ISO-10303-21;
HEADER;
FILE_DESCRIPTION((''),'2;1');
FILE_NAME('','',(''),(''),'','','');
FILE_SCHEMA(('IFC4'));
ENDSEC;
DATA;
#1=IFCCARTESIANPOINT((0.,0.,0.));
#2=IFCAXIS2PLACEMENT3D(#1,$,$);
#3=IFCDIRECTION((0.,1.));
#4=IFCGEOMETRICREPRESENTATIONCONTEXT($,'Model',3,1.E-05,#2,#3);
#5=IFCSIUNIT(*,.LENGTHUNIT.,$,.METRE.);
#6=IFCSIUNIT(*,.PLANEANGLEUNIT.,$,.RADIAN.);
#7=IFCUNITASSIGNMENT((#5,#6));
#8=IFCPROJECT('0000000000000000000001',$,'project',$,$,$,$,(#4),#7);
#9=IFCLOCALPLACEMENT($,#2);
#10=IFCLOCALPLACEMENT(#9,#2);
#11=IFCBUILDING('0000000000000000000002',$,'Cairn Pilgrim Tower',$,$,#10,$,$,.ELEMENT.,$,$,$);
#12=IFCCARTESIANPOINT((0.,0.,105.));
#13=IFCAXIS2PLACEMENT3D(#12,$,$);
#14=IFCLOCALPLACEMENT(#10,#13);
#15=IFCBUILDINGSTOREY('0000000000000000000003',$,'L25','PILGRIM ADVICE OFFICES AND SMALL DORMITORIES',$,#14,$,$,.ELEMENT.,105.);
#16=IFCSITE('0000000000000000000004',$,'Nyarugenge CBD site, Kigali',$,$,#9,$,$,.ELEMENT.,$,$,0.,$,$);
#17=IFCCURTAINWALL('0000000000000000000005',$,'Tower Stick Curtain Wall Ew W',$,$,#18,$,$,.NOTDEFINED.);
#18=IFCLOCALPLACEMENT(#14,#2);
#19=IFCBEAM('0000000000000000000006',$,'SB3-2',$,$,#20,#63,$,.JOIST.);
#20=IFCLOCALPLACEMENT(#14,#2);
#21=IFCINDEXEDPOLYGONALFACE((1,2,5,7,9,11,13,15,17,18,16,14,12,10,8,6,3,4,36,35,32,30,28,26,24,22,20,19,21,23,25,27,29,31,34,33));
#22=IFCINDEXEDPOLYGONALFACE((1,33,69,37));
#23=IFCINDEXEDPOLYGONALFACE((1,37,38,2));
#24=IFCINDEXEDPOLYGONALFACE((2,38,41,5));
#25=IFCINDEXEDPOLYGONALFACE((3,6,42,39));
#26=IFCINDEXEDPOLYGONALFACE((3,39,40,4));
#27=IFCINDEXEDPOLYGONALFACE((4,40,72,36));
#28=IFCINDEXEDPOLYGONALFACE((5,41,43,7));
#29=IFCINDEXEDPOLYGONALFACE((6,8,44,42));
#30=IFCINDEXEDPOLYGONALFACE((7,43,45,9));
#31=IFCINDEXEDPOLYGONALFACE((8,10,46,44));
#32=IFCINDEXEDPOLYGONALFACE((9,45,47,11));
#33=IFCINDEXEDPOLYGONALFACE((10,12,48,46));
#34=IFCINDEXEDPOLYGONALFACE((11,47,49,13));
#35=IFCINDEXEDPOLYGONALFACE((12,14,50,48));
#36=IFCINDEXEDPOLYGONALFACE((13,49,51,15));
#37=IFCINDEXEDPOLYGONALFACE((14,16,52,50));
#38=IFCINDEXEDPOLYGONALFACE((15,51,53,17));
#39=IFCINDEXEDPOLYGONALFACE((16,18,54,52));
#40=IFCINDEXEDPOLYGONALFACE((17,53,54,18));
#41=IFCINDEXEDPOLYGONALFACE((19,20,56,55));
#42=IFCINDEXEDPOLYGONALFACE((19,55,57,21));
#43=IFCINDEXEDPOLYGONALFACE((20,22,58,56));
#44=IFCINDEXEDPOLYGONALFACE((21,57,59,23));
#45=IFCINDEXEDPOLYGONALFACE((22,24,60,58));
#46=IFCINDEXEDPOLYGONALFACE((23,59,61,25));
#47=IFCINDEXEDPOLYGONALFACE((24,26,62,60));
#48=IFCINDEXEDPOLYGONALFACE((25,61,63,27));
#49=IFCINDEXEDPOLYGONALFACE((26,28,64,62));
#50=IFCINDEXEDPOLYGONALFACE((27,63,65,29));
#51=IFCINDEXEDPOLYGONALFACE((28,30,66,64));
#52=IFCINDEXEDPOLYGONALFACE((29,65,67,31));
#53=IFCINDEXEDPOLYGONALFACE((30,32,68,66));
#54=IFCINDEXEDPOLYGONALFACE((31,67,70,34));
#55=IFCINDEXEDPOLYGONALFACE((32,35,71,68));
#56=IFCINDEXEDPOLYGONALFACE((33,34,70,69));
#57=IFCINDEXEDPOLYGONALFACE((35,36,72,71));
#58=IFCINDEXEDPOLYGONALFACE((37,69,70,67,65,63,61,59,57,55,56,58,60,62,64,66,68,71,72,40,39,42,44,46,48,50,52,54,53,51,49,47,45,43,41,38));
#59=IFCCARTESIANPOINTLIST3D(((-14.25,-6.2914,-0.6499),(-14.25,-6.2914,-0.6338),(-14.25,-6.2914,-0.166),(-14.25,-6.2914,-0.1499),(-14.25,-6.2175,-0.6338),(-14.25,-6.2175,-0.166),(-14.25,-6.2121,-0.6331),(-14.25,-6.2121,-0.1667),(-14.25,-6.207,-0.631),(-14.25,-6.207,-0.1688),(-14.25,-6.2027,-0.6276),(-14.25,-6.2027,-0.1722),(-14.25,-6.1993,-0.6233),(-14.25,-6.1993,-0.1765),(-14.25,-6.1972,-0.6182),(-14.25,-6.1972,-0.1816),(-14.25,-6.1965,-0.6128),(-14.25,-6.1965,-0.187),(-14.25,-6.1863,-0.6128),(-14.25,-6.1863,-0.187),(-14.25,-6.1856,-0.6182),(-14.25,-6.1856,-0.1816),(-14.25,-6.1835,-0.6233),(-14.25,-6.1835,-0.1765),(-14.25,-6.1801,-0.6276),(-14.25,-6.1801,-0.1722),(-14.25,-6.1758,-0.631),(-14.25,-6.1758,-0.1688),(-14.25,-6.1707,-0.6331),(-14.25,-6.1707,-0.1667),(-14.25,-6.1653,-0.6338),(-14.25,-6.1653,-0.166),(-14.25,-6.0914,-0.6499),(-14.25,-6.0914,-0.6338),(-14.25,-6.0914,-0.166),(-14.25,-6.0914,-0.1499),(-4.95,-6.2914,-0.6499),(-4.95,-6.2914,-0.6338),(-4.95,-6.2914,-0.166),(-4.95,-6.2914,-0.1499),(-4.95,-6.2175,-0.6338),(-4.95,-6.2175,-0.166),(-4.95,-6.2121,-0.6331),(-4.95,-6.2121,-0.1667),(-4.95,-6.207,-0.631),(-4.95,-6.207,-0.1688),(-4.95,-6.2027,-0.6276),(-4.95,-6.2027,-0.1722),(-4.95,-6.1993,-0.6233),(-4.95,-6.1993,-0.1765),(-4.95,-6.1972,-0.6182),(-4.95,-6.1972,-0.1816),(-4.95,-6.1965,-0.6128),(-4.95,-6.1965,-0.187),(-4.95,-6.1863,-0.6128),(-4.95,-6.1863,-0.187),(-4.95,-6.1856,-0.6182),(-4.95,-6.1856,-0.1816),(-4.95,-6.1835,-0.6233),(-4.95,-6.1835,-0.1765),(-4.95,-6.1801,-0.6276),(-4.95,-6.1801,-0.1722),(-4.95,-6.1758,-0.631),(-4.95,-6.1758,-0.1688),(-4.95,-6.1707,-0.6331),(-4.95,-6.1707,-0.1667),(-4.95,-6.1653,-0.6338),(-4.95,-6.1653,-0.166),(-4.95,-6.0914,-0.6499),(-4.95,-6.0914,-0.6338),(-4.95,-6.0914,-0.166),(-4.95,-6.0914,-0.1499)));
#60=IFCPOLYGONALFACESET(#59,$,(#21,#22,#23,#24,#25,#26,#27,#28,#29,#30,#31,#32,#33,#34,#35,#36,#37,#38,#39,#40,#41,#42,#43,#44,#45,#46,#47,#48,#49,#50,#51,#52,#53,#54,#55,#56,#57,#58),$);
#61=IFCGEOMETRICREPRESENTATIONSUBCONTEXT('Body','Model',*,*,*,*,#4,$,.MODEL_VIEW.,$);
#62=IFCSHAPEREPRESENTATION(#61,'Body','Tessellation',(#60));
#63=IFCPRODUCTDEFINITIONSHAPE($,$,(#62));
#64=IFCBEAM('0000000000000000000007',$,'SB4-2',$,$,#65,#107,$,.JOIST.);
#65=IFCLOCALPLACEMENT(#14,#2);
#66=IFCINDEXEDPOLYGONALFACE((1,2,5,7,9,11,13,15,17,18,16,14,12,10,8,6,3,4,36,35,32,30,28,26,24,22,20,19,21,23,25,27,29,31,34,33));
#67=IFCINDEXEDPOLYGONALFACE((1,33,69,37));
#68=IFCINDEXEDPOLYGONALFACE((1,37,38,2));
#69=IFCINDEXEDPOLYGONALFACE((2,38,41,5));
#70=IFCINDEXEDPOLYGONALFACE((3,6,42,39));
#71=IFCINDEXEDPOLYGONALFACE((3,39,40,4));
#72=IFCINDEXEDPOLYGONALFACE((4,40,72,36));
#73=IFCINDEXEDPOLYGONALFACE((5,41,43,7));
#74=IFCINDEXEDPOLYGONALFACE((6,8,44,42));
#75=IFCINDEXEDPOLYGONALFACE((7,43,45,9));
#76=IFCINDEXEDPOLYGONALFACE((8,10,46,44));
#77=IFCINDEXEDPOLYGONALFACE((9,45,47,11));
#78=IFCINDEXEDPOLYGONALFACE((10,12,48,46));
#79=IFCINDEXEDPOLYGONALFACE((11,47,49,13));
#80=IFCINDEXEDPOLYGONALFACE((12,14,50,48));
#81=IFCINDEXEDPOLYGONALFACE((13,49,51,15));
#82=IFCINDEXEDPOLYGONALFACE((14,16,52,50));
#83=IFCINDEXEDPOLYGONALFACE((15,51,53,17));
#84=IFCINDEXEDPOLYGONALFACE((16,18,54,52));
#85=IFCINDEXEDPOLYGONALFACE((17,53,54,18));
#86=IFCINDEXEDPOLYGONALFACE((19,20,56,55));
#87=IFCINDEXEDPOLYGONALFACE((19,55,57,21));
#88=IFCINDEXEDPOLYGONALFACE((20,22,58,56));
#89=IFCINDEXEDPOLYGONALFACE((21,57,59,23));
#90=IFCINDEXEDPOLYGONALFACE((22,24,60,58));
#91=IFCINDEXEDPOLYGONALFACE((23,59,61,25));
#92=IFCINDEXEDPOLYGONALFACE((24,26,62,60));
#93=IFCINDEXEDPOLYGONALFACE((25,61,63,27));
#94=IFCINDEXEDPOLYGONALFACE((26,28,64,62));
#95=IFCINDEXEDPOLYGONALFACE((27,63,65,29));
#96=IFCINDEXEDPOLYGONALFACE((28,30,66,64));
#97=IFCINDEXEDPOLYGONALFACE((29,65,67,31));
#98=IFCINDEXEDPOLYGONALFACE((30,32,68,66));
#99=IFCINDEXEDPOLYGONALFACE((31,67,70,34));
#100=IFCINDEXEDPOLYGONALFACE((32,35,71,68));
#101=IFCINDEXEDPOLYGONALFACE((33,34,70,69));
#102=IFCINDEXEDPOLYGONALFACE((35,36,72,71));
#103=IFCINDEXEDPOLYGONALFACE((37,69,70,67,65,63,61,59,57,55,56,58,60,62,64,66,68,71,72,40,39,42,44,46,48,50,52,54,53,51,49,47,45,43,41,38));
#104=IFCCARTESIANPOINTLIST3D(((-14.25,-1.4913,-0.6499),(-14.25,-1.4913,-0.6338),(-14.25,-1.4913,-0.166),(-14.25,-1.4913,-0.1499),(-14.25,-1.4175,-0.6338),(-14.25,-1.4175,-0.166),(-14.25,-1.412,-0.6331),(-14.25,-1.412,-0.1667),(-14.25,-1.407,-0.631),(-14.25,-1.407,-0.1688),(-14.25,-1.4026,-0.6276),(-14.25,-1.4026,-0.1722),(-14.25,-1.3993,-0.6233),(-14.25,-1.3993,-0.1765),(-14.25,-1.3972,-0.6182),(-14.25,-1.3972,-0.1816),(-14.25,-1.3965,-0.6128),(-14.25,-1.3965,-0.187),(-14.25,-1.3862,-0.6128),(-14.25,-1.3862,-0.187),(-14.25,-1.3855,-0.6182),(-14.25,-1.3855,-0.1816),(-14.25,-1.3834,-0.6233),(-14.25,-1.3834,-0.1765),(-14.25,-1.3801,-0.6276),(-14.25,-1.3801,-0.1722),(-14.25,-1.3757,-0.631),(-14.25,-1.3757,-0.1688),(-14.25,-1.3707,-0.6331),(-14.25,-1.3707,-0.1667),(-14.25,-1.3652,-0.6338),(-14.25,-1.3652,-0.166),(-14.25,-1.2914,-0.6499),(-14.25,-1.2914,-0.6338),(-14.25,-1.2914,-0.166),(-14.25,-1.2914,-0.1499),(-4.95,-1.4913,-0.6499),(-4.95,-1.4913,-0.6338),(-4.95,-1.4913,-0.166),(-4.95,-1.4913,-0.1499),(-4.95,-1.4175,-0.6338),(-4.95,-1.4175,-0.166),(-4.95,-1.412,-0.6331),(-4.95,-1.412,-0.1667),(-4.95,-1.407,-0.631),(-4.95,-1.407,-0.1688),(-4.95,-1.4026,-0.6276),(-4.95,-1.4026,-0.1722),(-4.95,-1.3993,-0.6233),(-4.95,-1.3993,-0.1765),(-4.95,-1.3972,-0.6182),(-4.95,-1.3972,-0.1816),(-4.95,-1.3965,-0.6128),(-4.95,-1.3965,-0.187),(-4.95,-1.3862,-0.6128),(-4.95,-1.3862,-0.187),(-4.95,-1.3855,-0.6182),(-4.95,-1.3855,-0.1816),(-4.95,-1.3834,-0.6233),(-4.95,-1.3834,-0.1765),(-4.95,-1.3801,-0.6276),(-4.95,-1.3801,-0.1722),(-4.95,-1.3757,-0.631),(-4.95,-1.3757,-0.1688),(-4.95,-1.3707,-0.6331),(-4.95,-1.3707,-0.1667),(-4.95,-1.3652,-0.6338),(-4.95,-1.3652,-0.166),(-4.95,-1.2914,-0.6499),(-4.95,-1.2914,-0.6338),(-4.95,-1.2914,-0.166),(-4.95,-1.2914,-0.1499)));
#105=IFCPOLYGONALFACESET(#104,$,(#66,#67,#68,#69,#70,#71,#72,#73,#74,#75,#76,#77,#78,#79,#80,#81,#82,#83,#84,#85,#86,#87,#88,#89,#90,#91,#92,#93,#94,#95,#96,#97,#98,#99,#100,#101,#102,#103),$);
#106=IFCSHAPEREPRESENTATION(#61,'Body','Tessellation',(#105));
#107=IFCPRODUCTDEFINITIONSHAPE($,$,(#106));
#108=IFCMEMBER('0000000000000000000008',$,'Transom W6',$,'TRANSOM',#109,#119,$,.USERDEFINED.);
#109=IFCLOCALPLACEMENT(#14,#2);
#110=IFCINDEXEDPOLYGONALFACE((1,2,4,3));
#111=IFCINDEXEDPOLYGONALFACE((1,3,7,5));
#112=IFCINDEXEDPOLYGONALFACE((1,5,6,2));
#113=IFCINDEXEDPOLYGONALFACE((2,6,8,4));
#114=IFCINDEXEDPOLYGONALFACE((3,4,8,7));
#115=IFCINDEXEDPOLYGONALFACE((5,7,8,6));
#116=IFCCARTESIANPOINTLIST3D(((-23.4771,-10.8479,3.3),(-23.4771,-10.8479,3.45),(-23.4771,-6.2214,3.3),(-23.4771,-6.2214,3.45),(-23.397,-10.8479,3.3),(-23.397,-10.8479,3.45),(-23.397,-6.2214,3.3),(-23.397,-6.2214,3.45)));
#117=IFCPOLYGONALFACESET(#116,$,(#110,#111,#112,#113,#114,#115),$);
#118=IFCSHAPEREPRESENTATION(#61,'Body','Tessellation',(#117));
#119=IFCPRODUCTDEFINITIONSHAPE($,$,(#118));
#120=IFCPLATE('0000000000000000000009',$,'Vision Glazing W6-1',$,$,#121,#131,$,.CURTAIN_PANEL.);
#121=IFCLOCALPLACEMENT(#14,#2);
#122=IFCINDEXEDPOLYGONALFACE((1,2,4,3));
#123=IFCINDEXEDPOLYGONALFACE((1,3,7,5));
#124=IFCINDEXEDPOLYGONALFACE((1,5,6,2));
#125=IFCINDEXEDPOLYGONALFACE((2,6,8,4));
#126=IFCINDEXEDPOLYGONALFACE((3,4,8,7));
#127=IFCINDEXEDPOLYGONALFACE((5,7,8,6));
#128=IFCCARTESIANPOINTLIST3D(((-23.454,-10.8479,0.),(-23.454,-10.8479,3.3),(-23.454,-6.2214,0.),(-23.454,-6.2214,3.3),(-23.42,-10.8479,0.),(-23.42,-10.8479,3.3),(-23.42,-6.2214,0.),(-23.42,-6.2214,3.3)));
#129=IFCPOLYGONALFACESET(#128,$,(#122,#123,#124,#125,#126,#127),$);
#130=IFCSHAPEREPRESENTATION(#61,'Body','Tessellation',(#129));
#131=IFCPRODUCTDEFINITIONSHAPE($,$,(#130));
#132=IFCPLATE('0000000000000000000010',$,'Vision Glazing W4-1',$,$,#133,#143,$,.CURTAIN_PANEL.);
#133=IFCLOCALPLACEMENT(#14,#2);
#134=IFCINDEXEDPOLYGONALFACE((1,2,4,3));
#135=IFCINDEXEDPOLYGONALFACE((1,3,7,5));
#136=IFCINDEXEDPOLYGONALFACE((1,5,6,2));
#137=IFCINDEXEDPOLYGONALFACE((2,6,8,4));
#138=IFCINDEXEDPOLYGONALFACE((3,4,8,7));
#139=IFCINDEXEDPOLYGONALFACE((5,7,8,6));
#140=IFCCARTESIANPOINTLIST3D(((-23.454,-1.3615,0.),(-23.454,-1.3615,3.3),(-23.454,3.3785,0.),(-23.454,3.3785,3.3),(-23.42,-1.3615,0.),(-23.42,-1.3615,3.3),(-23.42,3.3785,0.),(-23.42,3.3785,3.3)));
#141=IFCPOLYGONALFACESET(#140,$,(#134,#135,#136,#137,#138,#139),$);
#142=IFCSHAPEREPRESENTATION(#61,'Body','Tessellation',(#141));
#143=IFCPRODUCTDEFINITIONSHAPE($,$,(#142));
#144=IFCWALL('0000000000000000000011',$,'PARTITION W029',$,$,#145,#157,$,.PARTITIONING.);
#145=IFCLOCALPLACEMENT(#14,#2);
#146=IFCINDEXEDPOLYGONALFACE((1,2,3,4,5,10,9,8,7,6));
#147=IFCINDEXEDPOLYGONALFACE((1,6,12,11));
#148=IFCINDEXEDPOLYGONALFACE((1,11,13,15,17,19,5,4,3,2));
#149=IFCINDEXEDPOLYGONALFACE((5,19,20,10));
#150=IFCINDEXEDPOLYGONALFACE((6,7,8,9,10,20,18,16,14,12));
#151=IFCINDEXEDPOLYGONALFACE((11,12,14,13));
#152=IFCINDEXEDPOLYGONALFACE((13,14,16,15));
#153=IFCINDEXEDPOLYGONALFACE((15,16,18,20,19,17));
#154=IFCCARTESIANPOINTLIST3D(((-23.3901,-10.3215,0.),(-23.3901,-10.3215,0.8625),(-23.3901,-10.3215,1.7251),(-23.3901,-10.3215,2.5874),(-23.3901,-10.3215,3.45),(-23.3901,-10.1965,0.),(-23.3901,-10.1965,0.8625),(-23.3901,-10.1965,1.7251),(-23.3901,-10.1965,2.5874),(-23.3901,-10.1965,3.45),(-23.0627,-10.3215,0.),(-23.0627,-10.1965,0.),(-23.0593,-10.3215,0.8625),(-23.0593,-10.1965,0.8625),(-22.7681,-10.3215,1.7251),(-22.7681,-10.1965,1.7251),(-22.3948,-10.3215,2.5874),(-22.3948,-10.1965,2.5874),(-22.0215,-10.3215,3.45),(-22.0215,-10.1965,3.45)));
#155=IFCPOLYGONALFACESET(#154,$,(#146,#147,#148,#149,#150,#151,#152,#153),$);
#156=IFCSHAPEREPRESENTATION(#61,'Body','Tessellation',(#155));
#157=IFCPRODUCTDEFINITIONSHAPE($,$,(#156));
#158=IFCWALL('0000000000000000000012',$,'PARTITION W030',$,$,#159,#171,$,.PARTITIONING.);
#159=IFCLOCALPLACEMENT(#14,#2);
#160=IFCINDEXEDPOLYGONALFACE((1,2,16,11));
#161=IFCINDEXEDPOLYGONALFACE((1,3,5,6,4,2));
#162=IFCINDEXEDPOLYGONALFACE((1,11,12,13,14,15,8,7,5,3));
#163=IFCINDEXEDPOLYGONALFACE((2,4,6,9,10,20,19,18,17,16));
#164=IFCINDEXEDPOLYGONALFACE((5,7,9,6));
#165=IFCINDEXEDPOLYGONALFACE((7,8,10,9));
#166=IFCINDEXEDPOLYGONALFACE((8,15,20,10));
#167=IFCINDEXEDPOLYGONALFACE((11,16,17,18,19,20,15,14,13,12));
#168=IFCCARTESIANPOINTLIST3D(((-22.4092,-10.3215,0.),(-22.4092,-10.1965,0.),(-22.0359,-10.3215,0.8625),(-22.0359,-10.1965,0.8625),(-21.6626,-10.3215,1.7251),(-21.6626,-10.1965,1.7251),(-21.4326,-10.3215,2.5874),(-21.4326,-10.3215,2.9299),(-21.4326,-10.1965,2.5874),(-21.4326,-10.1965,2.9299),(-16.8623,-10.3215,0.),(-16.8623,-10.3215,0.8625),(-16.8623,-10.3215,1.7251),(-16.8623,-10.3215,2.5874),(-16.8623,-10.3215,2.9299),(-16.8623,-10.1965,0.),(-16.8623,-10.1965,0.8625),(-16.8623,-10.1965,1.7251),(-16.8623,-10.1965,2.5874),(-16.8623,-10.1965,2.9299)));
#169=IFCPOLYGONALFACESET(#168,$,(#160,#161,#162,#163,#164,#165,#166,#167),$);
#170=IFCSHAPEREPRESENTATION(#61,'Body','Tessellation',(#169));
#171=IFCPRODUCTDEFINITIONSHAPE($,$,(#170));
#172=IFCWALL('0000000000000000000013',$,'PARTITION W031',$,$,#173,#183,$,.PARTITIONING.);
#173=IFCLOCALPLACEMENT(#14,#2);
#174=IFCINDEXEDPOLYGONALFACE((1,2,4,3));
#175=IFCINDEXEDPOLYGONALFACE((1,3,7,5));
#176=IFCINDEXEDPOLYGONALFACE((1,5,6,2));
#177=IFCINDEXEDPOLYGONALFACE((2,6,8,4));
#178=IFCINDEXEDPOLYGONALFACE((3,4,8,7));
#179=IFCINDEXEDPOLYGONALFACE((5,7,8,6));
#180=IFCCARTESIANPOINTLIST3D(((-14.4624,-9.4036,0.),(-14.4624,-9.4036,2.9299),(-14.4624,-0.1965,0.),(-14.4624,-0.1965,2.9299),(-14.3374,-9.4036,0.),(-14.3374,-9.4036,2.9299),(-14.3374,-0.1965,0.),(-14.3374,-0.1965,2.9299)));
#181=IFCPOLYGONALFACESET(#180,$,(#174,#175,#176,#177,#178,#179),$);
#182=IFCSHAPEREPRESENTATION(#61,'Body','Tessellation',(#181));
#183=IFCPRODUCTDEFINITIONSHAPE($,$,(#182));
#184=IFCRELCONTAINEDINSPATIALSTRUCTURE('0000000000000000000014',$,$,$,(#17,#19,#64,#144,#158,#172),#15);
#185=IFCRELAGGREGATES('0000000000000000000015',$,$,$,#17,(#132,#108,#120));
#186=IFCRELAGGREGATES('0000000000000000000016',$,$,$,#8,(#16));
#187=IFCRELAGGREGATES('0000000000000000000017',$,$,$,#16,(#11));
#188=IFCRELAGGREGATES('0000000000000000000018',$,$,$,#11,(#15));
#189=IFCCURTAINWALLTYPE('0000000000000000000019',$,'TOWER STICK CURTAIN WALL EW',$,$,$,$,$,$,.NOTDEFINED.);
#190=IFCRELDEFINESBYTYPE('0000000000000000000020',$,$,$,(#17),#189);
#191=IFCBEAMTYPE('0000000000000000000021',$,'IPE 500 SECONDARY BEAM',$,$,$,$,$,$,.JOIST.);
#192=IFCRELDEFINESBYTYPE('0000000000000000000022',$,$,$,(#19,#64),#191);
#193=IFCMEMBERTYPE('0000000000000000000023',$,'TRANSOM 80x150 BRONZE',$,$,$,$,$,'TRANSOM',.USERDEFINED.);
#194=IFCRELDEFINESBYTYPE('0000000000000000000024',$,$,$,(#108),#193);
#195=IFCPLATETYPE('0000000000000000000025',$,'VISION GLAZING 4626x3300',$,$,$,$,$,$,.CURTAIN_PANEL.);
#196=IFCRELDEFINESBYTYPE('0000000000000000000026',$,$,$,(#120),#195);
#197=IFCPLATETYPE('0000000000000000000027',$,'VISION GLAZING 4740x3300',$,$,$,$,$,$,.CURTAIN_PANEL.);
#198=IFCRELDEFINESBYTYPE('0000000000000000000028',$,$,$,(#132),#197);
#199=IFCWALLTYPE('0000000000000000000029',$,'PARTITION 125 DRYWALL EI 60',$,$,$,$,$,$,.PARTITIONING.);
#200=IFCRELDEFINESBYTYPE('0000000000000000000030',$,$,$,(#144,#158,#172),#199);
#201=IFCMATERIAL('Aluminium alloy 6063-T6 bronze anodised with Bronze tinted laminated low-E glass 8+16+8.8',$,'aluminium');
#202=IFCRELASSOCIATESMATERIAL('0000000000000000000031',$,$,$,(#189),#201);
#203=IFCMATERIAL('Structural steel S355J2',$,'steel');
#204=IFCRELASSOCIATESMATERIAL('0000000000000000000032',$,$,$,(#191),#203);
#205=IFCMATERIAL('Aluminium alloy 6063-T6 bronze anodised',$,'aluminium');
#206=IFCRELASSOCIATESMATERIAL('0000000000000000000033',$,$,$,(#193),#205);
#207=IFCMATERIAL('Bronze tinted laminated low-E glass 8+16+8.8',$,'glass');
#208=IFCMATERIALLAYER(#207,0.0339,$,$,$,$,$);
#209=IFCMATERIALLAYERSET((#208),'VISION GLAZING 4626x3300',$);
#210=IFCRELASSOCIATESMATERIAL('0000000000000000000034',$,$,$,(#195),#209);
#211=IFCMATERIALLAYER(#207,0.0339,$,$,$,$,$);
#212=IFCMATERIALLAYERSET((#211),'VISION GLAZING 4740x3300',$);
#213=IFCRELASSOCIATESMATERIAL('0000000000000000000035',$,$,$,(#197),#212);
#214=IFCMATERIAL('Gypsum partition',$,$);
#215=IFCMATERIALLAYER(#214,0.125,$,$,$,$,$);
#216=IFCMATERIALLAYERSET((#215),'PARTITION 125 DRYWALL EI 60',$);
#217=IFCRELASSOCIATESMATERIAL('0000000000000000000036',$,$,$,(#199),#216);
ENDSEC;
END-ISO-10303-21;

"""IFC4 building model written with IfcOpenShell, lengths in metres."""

from ifc_helpers import new_model, si_unit, direction, frame, frame_2d, origin, origin_2d, place, context, subcontext, project, spatial, polyline, rectangle, i_section, outline, extrude, material, layer, layer_set, material_profile, profile_set, type_object, element, aggregate, save


model = new_model("IFC4")

# Units and contexts
model_context = context("Model", 3, precision=1e-05, world=origin(), true_north=direction((0.0, 1.0)))
body_context = subcontext(model_context, "Body", "Model", "MODEL_VIEW")
ifc_project = project(units=[si_unit("LENGTHUNIT", "METRE"), si_unit("PLANEANGLEUNIT", "RADIAN")], contexts=[model_context])

# Site, building, storey
site_placement = place(None, origin())
site = spatial("IfcSite", under=ifc_project, at=site_placement, Name="Nyarugenge CBD site, Kigali", CompositionType="ELEMENT", RefElevation=0.0)
building_placement = place(site_placement, origin())
building = spatial("IfcBuilding", under=site, at=building_placement, Name="Cairn Pilgrim Tower", CompositionType="ELEMENT")
storey_placement = place(building_placement, frame((0.0, 0.0, 105.0)))
storey = spatial("IfcBuildingStorey", under=building, at=storey_placement, Name="L25", Description="PILGRIM ADVICE OFFICES AND SMALL DORMITORIES", CompositionType="ELEMENT", Elevation=105.0)

# Shared definitions
ifc_material_1 = material(Name="Structural steel S355J2", Category="steel")

# Curtain wall
ifc_material_2 = material(Name="Aluminium alloy 6063-T6 bronze anodised with Bronze tinted laminated low-E glass 8+16+8.8", Category="aluminium")
curtain_wall_type = type_object("IfcCurtainWallType", Name="TOWER STICK CURTAIN WALL EW", PredefinedType="NOTDEFINED", material=ifc_material_2)
curtain_wall_placement = place(storey_placement, origin())
curtain_wall = element("IfcCurtainWall", 1, at=curtain_wall_placement, inside=storey, type_object=curtain_wall_type, Name="Tower Stick Curtain Wall Ew W", PredefinedType="NOTDEFINED")
ifc_material_3 = material(Name="Aluminium alloy 6063-T6 bronze anodised", Category="aluminium")

# Beams
ifc_material_profile_1 = material_profile(ifc_material_1, i_section(OverallWidth=0.2, OverallDepth=0.5, WebThickness=0.0103, FlangeThickness=0.0161, FilletRadius=0.021, at=origin_2d()), Name="IPE 500")
ifc_profile_set_1 = profile_set([ifc_material_profile_1], Name="Structural steel S355J2")
beam_type_1 = type_object("IfcBeamType", Name="IPE 500 SECONDARY BEAM", PredefinedType="JOIST", material=ifc_profile_set_1)
for number, where, z_axis, x_axis, name in (
    (2, (-14.25, -6.1914, -0.3999), (1.0, 0.0, 0.0), (0.0, 1.0, 0.0), "SB3-2"),
    (3, (-14.25, -1.3914, -0.3999), (1.0, 0.0, 0.0), (0.0, 1.0, 0.0), "SB4-2"),
):
    element("IfcBeam", number, at=place(storey_placement, frame(where, z_axis=z_axis, x_axis=x_axis)), inside=storey, type_object=beam_type_1, Name=name, PredefinedType="JOIST", context=body_context, shape_type="SweptSolid", body=[
        extrude(i_section(OverallWidth=0.2, OverallDepth=0.5, WebThickness=0.0103, FlangeThickness=0.0161, FilletRadius=0.021, at=origin_2d()), origin(), (0.0, 0.0, 1.0), 9.3),
    ])

# Member
ifc_material_profile_2 = material_profile(ifc_material_3, rectangle(XDim=0.0801, YDim=0.1499, at=origin_2d()), Name="TRANSOM 80x150 BRONZE")
ifc_profile_set_2 = profile_set([ifc_material_profile_2], Name="Aluminium alloy 6063-T6 bronze anodised")
member_type_1 = type_object("IfcMemberType", Name="TRANSOM 80x150 BRONZE", ElementType="TRANSOM", PredefinedType="USERDEFINED", material=ifc_profile_set_2)
member_1_placement = place(storey_placement, frame((-23.437, -6.2214, 3.375), z_axis=(0.0, -1.0, 0.0), x_axis=(1.0, 0.0, 0.0)))
member_1 = element("IfcMember", 4, at=member_1_placement, type_object=member_type_1, Name="Transom W6", ObjectType="TRANSOM", PredefinedType="USERDEFINED", context=body_context, shape_type="SweptSolid", body=[
    extrude(rectangle(XDim=0.0801, YDim=0.1499, at=origin_2d()), origin(), (0.0, 0.0, 1.0), 4.6265),
])

# Plates
ifc_material_4 = material(Name="Bronze tinted laminated low-E glass 8+16+8.8", Category="glass")
ifc_layer_1 = layer(ifc_material_4, 0.0339)
ifc_layer_set_1 = layer_set([ifc_layer_1], Name="VISION GLAZING 4626x3300")
plate_type_1 = type_object("IfcPlateType", Name="VISION GLAZING 4626x3300", PredefinedType="CURTAIN_PANEL", material=ifc_layer_set_1)
plate_1_placement = place(storey_placement, frame((-23.437, -8.5347, 0.0), z_axis=(0.0, 0.0, 1.0), x_axis=(0.0, -1.0, 0.0)))
plate_1 = element("IfcPlate", 5, at=plate_1_placement, type_object=plate_type_1, Name="Vision Glazing W6-1", PredefinedType="CURTAIN_PANEL", context=body_context, shape_type="SweptSolid", body=[
    extrude(rectangle(XDim=4.6265, YDim=0.0339, at=origin_2d()), origin(), (0.0, 0.0, 1.0), 3.3),
])
ifc_layer_2 = layer(ifc_material_4, 0.0339)
ifc_layer_set_2 = layer_set([ifc_layer_2], Name="VISION GLAZING 4740x3300")
plate_type_2 = type_object("IfcPlateType", Name="VISION GLAZING 4740x3300", PredefinedType="CURTAIN_PANEL", material=ifc_layer_set_2)
plate_2_placement = place(storey_placement, frame((-23.437, 1.0085, 0.0), z_axis=(0.0, 0.0, 1.0), x_axis=(0.0, -1.0, 0.0)))
plate_2 = element("IfcPlate", 6, at=plate_2_placement, type_object=plate_type_2, Name="Vision Glazing W4-1", PredefinedType="CURTAIN_PANEL", context=body_context, shape_type="SweptSolid", body=[
    extrude(rectangle(XDim=4.74, YDim=0.0339, at=origin_2d()), origin(), (0.0, 0.0, 1.0), 3.3),
])
aggregate(curtain_wall, [plate_2, member_1, plate_1])

# Walls
ifc_material_5 = material(Name="Gypsum partition")
ifc_layer_3 = layer(ifc_material_5, 0.125)
ifc_layer_set_3 = layer_set([ifc_layer_3], Name="PARTITION 125 DRYWALL EI 60")
wall_type_1 = type_object("IfcWallType", Name="PARTITION 125 DRYWALL EI 60", PredefinedType="PARTITIONING", material=ifc_layer_set_3)
wall_1_placement = place(storey_placement, frame((-23.3901, -10.259, 0.0), z_axis=(0.0, 0.0, 1.0), x_axis=(1.0, 0.0, 0.0)))
element("IfcWall", 7, at=wall_1_placement, inside=storey, type_object=wall_type_1, Name="PARTITION W029", PredefinedType="PARTITIONING", context=body_context, shape_type="SweptSolid", body=[
    extrude(outline(polyline([(0.0, 0.0), (0.3274, 0.0), (0.3308, 0.8625), (0.6221, 1.7251), (0.9954, 2.5874), (1.3687, 3.45), (0.0, 3.45), (0.0, 2.5874), (0.0, 1.7251), (0.0, 0.8625), (0.0, 0.0)])), frame((0.0, 0.0625, 0.0), z_axis=(0.0, -1.0, 0.0), x_axis=(1.0, 0.0, 0.0)), (0.0, 0.0, 1.0), 0.125),
])
wall_2_placement = place(storey_placement, frame((-22.4092, -10.259, 0.0), z_axis=(0.0, 0.0, 1.0), x_axis=(1.0, 0.0, 0.0)))
element("IfcWall", 8, at=wall_2_placement, inside=storey, type_object=wall_type_1, Name="PARTITION W030", PredefinedType="PARTITIONING", context=body_context, shape_type="SweptSolid", body=[
    extrude(outline(polyline([(0.0, 0.0), (5.5469, 0.0), (5.5469, 0.8625), (5.5469, 1.7251), (5.5469, 2.5874), (5.5469, 2.9299), (0.9766, 2.9299), (0.9766, 2.5874), (0.7466, 1.7251), (0.3733, 0.8625), (0.0, 0.0)])), frame((0.0, 0.0625, 0.0), z_axis=(0.0, -1.0, 0.0), x_axis=(1.0, 0.0, 0.0)), (0.0, 0.0, 1.0), 0.125),
])
wall_3_placement = place(storey_placement, frame((-14.3999, -9.4036, 0.0), z_axis=(0.0, 0.0, 1.0), x_axis=(0.0, 1.0, 0.0)))
element("IfcWall", 9, at=wall_3_placement, inside=storey, type_object=wall_type_1, Name="PARTITION W031", PredefinedType="PARTITIONING", context=body_context, shape_type="SweptSolid", body=[
    extrude(rectangle(XDim=9.207, YDim=0.125, at=frame_2d((4.6035, 0.0))), origin(), (0.0, 0.0, 1.0), 2.9299),
])

save(model, "model.ifc")
